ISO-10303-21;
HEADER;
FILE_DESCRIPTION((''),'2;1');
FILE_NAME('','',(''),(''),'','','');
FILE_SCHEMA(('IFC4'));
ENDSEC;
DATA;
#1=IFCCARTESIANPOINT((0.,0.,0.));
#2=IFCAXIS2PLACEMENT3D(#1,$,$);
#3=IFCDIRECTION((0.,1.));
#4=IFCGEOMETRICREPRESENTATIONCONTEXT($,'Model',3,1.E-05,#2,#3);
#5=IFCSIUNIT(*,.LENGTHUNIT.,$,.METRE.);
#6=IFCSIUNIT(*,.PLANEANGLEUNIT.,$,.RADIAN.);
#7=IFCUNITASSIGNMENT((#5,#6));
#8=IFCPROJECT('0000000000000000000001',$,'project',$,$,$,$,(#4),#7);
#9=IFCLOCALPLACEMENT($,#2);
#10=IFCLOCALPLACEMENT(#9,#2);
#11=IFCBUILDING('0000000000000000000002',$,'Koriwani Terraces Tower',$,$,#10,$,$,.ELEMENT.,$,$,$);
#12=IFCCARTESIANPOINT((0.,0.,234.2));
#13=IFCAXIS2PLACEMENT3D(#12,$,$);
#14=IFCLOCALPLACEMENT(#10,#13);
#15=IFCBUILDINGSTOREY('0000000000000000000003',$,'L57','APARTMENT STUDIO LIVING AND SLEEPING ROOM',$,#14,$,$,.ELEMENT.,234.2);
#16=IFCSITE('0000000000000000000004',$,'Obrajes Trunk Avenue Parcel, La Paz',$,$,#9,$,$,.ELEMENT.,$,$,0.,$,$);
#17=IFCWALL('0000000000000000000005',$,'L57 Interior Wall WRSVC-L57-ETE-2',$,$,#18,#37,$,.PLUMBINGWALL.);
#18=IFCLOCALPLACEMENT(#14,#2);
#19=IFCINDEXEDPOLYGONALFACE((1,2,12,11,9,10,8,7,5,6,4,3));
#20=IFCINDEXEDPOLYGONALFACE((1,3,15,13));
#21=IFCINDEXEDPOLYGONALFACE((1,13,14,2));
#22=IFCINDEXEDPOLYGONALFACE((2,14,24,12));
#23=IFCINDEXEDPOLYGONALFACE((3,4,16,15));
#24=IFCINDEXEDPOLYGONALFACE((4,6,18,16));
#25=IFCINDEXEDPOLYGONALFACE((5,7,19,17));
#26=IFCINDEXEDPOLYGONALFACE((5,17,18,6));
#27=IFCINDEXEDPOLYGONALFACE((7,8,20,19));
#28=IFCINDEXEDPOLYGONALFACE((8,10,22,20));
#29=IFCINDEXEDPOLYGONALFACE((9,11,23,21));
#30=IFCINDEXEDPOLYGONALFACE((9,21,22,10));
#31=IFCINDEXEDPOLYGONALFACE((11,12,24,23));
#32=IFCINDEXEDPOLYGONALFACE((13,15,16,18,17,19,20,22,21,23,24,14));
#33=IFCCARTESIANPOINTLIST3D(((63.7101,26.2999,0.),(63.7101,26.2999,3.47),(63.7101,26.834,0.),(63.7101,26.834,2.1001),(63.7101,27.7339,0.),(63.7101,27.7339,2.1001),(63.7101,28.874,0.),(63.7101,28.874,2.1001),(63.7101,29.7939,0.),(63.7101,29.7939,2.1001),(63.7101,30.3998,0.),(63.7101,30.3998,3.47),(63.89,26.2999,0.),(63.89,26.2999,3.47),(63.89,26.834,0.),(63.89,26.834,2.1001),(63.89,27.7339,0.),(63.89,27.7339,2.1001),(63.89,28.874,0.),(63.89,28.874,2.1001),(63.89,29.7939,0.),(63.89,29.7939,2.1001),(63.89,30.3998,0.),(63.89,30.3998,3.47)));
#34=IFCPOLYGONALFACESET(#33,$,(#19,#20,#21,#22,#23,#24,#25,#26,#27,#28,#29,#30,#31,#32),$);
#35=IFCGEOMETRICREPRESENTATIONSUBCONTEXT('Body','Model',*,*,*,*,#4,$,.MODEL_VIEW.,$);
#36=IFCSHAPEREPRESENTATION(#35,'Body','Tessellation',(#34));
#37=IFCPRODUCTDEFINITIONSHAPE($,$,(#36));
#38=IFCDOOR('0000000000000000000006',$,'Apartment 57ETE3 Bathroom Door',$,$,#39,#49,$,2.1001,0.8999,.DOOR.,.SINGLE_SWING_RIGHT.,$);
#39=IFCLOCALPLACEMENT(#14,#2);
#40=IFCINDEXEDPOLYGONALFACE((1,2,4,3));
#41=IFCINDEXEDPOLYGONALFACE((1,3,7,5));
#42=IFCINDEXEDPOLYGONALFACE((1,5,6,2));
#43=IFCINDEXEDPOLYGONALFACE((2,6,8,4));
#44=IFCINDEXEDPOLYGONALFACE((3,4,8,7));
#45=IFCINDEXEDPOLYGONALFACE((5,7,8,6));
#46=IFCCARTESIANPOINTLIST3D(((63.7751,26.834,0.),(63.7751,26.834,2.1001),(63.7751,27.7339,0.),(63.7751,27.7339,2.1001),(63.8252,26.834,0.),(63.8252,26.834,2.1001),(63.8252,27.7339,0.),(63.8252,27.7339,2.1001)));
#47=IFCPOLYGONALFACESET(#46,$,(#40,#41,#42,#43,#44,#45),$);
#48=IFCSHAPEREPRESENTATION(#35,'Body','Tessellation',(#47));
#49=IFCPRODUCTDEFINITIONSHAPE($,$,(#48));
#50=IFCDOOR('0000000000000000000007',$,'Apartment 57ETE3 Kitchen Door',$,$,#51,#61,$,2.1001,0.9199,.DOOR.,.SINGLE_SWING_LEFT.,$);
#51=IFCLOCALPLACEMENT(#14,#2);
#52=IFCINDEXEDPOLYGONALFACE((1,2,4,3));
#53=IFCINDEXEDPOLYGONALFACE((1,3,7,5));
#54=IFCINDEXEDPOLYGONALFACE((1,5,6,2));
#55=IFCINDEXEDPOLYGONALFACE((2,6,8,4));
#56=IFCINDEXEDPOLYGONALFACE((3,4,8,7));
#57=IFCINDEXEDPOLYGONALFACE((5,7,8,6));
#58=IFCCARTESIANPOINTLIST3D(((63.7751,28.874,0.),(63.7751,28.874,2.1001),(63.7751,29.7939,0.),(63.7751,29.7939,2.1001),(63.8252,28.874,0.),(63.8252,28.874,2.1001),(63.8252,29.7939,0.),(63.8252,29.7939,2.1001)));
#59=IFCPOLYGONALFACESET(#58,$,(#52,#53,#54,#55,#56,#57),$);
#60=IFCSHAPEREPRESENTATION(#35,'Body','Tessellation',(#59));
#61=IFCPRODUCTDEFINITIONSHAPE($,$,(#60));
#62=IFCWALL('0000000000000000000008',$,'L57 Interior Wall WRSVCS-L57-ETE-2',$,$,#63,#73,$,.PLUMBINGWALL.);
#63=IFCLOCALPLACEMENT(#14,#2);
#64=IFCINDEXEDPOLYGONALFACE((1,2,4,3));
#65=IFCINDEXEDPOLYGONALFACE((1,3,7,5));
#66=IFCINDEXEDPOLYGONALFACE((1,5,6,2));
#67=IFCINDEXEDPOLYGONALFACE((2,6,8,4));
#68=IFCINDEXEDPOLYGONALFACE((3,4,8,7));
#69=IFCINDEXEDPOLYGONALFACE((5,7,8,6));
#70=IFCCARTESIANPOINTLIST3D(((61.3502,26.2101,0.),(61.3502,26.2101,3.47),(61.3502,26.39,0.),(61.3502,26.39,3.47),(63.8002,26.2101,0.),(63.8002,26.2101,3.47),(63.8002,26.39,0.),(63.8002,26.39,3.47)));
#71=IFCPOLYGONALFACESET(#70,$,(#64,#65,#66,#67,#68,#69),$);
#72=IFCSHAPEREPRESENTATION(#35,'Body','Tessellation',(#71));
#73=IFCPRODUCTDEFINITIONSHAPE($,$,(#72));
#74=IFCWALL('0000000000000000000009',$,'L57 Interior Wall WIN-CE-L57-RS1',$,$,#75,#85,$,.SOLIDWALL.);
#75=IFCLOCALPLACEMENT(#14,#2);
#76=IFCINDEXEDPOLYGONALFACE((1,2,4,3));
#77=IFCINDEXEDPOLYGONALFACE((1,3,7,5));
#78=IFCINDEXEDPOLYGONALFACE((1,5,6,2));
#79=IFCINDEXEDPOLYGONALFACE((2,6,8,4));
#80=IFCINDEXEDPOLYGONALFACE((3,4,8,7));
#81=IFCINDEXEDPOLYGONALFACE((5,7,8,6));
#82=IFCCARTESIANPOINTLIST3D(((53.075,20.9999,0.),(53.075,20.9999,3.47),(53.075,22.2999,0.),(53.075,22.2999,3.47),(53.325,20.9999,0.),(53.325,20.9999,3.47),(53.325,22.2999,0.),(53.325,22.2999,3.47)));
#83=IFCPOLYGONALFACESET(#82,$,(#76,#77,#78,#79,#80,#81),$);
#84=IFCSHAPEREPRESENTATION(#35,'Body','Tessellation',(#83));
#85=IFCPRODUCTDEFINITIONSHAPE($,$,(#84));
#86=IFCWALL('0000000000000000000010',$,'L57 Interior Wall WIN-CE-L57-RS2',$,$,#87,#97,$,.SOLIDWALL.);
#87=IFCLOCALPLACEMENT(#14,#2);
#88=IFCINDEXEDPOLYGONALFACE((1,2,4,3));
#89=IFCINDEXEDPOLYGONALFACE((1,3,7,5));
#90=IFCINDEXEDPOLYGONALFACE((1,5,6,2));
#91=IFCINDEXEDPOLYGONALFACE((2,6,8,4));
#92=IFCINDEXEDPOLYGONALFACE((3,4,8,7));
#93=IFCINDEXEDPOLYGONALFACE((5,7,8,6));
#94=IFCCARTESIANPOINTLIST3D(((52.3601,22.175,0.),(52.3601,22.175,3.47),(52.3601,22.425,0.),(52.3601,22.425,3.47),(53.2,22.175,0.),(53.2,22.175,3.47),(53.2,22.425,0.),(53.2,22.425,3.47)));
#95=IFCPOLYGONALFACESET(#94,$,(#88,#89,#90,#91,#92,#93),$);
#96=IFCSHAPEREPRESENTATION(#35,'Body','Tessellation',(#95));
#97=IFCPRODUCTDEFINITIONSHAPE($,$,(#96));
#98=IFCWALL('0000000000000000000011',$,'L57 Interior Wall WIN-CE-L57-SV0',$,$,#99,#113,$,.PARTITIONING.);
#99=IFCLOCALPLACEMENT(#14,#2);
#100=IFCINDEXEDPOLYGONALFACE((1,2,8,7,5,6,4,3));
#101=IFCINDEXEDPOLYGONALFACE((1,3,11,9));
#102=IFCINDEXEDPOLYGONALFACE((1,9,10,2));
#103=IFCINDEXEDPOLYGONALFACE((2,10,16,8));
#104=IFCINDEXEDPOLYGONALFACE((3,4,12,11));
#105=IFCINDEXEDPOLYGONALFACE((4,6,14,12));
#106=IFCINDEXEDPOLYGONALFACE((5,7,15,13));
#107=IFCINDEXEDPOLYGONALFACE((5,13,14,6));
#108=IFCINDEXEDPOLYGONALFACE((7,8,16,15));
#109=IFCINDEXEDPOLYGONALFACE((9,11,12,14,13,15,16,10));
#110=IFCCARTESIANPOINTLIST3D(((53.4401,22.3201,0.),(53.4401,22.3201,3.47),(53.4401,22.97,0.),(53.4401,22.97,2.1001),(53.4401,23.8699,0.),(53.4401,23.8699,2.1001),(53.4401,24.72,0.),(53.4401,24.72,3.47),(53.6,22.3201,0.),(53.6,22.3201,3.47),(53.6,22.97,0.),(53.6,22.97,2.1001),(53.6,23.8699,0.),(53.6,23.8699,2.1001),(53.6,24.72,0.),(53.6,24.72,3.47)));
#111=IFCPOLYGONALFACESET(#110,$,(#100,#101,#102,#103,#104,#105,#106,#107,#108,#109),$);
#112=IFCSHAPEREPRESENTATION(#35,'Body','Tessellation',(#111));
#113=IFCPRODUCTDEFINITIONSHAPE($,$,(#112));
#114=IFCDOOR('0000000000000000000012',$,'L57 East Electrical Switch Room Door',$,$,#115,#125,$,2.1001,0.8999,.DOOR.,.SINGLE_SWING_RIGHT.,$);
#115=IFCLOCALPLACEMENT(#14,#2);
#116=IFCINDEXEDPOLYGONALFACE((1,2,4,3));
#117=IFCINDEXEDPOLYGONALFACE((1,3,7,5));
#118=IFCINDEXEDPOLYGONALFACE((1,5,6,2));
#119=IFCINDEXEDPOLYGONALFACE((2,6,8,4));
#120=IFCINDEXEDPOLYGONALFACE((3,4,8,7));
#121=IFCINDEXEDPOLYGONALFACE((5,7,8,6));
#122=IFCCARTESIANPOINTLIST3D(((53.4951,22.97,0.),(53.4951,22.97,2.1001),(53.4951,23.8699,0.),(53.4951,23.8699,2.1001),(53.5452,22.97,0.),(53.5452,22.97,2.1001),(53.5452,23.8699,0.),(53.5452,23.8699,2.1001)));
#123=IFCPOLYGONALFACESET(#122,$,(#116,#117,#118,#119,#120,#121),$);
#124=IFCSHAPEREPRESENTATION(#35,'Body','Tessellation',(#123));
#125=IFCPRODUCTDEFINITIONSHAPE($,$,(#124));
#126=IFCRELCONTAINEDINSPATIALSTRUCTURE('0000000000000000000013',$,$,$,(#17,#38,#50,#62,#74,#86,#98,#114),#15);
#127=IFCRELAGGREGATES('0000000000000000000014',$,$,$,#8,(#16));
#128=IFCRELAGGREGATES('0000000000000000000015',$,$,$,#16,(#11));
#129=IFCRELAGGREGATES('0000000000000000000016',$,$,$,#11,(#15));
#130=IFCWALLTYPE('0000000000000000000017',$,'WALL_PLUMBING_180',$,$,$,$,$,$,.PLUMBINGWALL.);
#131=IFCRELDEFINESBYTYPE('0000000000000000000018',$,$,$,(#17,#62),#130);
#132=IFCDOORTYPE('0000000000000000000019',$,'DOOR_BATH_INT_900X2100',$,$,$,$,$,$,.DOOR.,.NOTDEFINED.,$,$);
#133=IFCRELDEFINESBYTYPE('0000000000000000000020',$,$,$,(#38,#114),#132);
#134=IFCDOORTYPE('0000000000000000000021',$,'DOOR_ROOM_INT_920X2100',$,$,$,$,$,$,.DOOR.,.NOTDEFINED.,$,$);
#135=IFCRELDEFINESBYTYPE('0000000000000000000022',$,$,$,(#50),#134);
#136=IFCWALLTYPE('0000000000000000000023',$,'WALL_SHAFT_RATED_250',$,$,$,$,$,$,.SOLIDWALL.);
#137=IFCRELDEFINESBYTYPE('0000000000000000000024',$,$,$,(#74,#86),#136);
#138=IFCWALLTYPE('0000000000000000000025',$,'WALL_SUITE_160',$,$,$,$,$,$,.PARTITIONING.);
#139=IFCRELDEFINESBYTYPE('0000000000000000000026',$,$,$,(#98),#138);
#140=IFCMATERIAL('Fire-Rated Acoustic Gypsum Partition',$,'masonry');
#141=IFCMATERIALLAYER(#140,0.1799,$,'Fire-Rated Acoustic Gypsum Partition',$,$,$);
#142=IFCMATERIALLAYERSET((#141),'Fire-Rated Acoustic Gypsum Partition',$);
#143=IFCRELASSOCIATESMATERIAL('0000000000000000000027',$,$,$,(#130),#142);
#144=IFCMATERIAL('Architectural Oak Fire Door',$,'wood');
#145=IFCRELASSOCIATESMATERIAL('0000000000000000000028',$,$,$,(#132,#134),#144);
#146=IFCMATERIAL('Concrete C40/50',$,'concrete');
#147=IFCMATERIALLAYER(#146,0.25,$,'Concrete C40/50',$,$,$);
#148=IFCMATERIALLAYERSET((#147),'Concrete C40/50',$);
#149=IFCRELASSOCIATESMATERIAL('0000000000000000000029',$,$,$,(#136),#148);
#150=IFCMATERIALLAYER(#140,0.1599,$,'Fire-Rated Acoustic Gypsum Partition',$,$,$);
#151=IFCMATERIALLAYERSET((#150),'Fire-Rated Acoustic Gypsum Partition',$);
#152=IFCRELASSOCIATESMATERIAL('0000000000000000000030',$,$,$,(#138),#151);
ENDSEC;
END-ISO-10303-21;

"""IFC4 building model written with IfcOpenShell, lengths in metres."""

from ifc_helpers import new_model, si_unit, direction, frame, frame_2d, origin, place, context, subcontext, project, spatial, rectangle, extrude, material, layer, layer_set, type_object, element, fill, save


model = new_model("IFC4")

# Units and contexts
model_context = context("Model", 3, precision=1e-05, world=origin(), true_north=direction((0.0, 1.0)))
body_context = subcontext(model_context, "Body", "Model", "MODEL_VIEW")
ifc_project = project(units=[si_unit("LENGTHUNIT", "METRE"), si_unit("PLANEANGLEUNIT", "RADIAN")], contexts=[model_context])

# Site, building, storey
site_placement = place(None, origin())
site = spatial("IfcSite", under=ifc_project, at=site_placement, Name="Obrajes Trunk Avenue Parcel, La Paz", CompositionType="ELEMENT", RefElevation=0.0)
building_placement = place(site_placement, origin())
building = spatial("IfcBuilding", under=site, at=building_placement, Name="Koriwani Terraces Tower", CompositionType="ELEMENT")
storey_placement = place(building_placement, frame((0.0, 0.0, 234.2)))
storey = spatial("IfcBuildingStorey", under=building, at=storey_placement, Name="L57", Description="APARTMENT STUDIO LIVING AND SLEEPING ROOM", CompositionType="ELEMENT", Elevation=234.2)

# Shared definitions
ifc_material_1 = material(Name="Fire-Rated Acoustic Gypsum Partition", Category="masonry")
ifc_layer_1 = layer(ifc_material_1, 0.1799, Name="Fire-Rated Acoustic Gypsum Partition")
ifc_layer_set_1 = layer_set([ifc_layer_1], Name="Fire-Rated Acoustic Gypsum Partition")
wall_type_1 = type_object("IfcWallType", Name="WALL_PLUMBING_180", PredefinedType="PLUMBINGWALL", material=ifc_layer_set_1)

# Wall, openings, doors
wall_1_placement = place(storey_placement, frame((63.8, 26.3, 0.0), z_axis=(0.0, 0.0, 1.0), x_axis=(0.0, 1.0, 0.0)))
wall_1 = element("IfcWall", 1, at=wall_1_placement, inside=storey, type_object=wall_type_1, Name="L57 Interior Wall WRSVC-L57-ETE-2", PredefinedType="PLUMBINGWALL", context=body_context, shape_type="SweptSolid", body=[
    extrude(rectangle(XDim=4.0999, YDim=0.1799, at=frame_2d((2.0498, 0.0))), origin(), (0.0, 0.0, 1.0), 3.47),
])
opening_1_placement = place(wall_1_placement, frame((0.5339, 0.0, 0.0)))
opening_1 = element("IfcOpeningElement", 2, at=opening_1_placement, cuts=wall_1, PredefinedType="OPENING", context=body_context, shape_type="SweptSolid", body=[
    extrude(rectangle(XDim=0.8999, YDim=2.1001, at=frame_2d((0.45, 1.05))), frame((0.0, 0.1001, 0.0), z_axis=(0.0, -1.0, 0.0), x_axis=(1.0, 0.0, 0.0)), (0.0, 0.0, 1.0), 0.2),
])
opening_2_placement = place(wall_1_placement, frame((2.574, 0.0, 0.0)))
opening_2 = element("IfcOpeningElement", 3, at=opening_2_placement, cuts=wall_1, PredefinedType="OPENING", context=body_context, shape_type="SweptSolid", body=[
    extrude(rectangle(XDim=0.9199, YDim=2.1001, at=frame_2d((0.46, 1.05))), frame((0.0, 0.1001, 0.0), z_axis=(0.0, -1.0, 0.0), x_axis=(1.0, 0.0, 0.0)), (0.0, 0.0, 1.0), 0.2),
])
ifc_material_2 = material(Name="Architectural Oak Fire Door", Category="wood")
door_type_1 = type_object("IfcDoorType", Name="DOOR_BATH_INT_900X2100", OperationType="NOTDEFINED", PredefinedType="DOOR", material=ifc_material_2)
door_1_placement = place(opening_1_placement, origin())
door_1 = element("IfcDoor", 4, at=door_1_placement, inside=storey, type_object=door_type_1, Name="Apartment 57ETE3 Bathroom Door", OperationType="SINGLE_SWING_RIGHT", OverallHeight=2.1001, OverallWidth=0.8999, PredefinedType="DOOR", context=body_context, shape_type="SweptSolid", body=[
    extrude(rectangle(XDim=0.8999, YDim=2.1001, at=frame_2d((0.45, 1.05))), frame((0.0, 0.0249, 0.0), z_axis=(0.0, -1.0, 0.0), x_axis=(1.0, 0.0, 0.0)), (0.0, 0.0, 1.0), 0.05),
])
fill(opening_1, door_1)
door_type_2 = type_object("IfcDoorType", Name="DOOR_ROOM_INT_920X2100", OperationType="NOTDEFINED", PredefinedType="DOOR", material=ifc_material_2)
door_2_placement = place(opening_2_placement, origin())
door_2 = element("IfcDoor", 5, at=door_2_placement, inside=storey, type_object=door_type_2, Name="Apartment 57ETE3 Kitchen Door", OperationType="SINGLE_SWING_LEFT", OverallHeight=2.1001, OverallWidth=0.9199, PredefinedType="DOOR", context=body_context, shape_type="SweptSolid", body=[
    extrude(rectangle(XDim=0.9199, YDim=2.1001, at=frame_2d((0.46, 1.05))), frame((0.0, 0.0249, 0.0), z_axis=(0.0, -1.0, 0.0), x_axis=(1.0, 0.0, 0.0)), (0.0, 0.0, 1.0), 0.05),
])
fill(opening_2, door_2)

# Wall
wall_2_placement = place(storey_placement, frame((61.3501, 26.3, 0.0), z_axis=(0.0, 0.0, 1.0), x_axis=(1.0, 0.0, 0.0)))
element("IfcWall", 6, at=wall_2_placement, inside=storey, type_object=wall_type_1, Name="L57 Interior Wall WRSVCS-L57-ETE-2", PredefinedType="PLUMBINGWALL", context=body_context, shape_type="SweptSolid", body=[
    extrude(rectangle(XDim=2.45, YDim=0.1799, at=frame_2d((1.2251, 0.0))), origin(), (0.0, 0.0, 1.0), 3.47),
])

# Shared definitions
ifc_material_3 = material(Name="Concrete C40/50", Category="concrete")
ifc_layer_2 = layer(ifc_material_3, 0.25, Name="Concrete C40/50")
ifc_layer_set_2 = layer_set([ifc_layer_2], Name="Concrete C40/50")
wall_type_2 = type_object("IfcWallType", Name="WALL_SHAFT_RATED_250", PredefinedType="SOLIDWALL", material=ifc_layer_set_2)

# Walls
wall_3_placement = place(storey_placement, frame((53.2, 21.0, 0.0), z_axis=(0.0, 0.0, 1.0), x_axis=(0.0, 1.0, 0.0)))
element("IfcWall", 7, at=wall_3_placement, inside=storey, type_object=wall_type_2, Name="L57 Interior Wall WIN-CE-L57-RS1", PredefinedType="SOLIDWALL", context=body_context, shape_type="SweptSolid", body=[
    extrude(rectangle(XDim=1.3, YDim=0.25, at=frame_2d((0.6499, 0.0))), origin(), (0.0, 0.0, 1.0), 3.47),
])
wall_4_placement = place(storey_placement, frame((52.3601, 22.3, 0.0), z_axis=(0.0, 0.0, 1.0), x_axis=(1.0, 0.0, 0.0)))
element("IfcWall", 8, at=wall_4_placement, inside=storey, type_object=wall_type_2, Name="L57 Interior Wall WIN-CE-L57-RS2", PredefinedType="SOLIDWALL", context=body_context, shape_type="SweptSolid", body=[
    extrude(rectangle(XDim=0.8398, YDim=0.25, at=frame_2d((0.4199, 0.0))), origin(), (0.0, 0.0, 1.0), 3.47),
])

# Wall, opening, door
ifc_layer_3 = layer(ifc_material_1, 0.1599, Name="Fire-Rated Acoustic Gypsum Partition")
ifc_layer_set_3 = layer_set([ifc_layer_3], Name="Fire-Rated Acoustic Gypsum Partition")
wall_type_3 = type_object("IfcWallType", Name="WALL_SUITE_160", PredefinedType="PARTITIONING", material=ifc_layer_set_3)
wall_5_placement = place(storey_placement, frame((53.52, 22.3201, 0.0), z_axis=(0.0, 0.0, 1.0), x_axis=(0.0, 1.0, 0.0)))
wall_5 = element("IfcWall", 9, at=wall_5_placement, inside=storey, type_object=wall_type_3, Name="L57 Interior Wall WIN-CE-L57-SV0", PredefinedType="PARTITIONING", context=body_context, shape_type="SweptSolid", body=[
    extrude(rectangle(XDim=2.3999, YDim=0.1599, at=frame_2d((1.2, 0.0))), origin(), (0.0, 0.0, 1.0), 3.47),
])
opening_3_placement = place(wall_5_placement, frame((0.6499, 0.0, 0.0)))
opening_3 = element("IfcOpeningElement", 10, at=opening_3_placement, cuts=wall_5, PredefinedType="OPENING", context=body_context, shape_type="SweptSolid", body=[
    extrude(rectangle(XDim=0.8999, YDim=2.1001, at=frame_2d((0.45, 1.05))), frame((0.0, 0.0898, 0.0), z_axis=(0.0, -1.0, 0.0), x_axis=(1.0, 0.0, 0.0)), (0.0, 0.0, 1.0), 0.1799),
])
door_3_placement = place(opening_3_placement, origin())
door_3 = element("IfcDoor", 11, at=door_3_placement, inside=storey, type_object=door_type_1, Name="L57 East Electrical Switch Room Door", OperationType="SINGLE_SWING_RIGHT", OverallHeight=2.1001, OverallWidth=0.8999, PredefinedType="DOOR", context=body_context, shape_type="SweptSolid", body=[
    extrude(rectangle(XDim=0.8999, YDim=2.1001, at=frame_2d((0.45, 1.05))), frame((0.0, 0.0249, 0.0), z_axis=(0.0, -1.0, 0.0), x_axis=(1.0, 0.0, 0.0)), (0.0, 0.0, 1.0), 0.05),
])
fill(opening_3, door_3)

save(model, "model.ifc")
